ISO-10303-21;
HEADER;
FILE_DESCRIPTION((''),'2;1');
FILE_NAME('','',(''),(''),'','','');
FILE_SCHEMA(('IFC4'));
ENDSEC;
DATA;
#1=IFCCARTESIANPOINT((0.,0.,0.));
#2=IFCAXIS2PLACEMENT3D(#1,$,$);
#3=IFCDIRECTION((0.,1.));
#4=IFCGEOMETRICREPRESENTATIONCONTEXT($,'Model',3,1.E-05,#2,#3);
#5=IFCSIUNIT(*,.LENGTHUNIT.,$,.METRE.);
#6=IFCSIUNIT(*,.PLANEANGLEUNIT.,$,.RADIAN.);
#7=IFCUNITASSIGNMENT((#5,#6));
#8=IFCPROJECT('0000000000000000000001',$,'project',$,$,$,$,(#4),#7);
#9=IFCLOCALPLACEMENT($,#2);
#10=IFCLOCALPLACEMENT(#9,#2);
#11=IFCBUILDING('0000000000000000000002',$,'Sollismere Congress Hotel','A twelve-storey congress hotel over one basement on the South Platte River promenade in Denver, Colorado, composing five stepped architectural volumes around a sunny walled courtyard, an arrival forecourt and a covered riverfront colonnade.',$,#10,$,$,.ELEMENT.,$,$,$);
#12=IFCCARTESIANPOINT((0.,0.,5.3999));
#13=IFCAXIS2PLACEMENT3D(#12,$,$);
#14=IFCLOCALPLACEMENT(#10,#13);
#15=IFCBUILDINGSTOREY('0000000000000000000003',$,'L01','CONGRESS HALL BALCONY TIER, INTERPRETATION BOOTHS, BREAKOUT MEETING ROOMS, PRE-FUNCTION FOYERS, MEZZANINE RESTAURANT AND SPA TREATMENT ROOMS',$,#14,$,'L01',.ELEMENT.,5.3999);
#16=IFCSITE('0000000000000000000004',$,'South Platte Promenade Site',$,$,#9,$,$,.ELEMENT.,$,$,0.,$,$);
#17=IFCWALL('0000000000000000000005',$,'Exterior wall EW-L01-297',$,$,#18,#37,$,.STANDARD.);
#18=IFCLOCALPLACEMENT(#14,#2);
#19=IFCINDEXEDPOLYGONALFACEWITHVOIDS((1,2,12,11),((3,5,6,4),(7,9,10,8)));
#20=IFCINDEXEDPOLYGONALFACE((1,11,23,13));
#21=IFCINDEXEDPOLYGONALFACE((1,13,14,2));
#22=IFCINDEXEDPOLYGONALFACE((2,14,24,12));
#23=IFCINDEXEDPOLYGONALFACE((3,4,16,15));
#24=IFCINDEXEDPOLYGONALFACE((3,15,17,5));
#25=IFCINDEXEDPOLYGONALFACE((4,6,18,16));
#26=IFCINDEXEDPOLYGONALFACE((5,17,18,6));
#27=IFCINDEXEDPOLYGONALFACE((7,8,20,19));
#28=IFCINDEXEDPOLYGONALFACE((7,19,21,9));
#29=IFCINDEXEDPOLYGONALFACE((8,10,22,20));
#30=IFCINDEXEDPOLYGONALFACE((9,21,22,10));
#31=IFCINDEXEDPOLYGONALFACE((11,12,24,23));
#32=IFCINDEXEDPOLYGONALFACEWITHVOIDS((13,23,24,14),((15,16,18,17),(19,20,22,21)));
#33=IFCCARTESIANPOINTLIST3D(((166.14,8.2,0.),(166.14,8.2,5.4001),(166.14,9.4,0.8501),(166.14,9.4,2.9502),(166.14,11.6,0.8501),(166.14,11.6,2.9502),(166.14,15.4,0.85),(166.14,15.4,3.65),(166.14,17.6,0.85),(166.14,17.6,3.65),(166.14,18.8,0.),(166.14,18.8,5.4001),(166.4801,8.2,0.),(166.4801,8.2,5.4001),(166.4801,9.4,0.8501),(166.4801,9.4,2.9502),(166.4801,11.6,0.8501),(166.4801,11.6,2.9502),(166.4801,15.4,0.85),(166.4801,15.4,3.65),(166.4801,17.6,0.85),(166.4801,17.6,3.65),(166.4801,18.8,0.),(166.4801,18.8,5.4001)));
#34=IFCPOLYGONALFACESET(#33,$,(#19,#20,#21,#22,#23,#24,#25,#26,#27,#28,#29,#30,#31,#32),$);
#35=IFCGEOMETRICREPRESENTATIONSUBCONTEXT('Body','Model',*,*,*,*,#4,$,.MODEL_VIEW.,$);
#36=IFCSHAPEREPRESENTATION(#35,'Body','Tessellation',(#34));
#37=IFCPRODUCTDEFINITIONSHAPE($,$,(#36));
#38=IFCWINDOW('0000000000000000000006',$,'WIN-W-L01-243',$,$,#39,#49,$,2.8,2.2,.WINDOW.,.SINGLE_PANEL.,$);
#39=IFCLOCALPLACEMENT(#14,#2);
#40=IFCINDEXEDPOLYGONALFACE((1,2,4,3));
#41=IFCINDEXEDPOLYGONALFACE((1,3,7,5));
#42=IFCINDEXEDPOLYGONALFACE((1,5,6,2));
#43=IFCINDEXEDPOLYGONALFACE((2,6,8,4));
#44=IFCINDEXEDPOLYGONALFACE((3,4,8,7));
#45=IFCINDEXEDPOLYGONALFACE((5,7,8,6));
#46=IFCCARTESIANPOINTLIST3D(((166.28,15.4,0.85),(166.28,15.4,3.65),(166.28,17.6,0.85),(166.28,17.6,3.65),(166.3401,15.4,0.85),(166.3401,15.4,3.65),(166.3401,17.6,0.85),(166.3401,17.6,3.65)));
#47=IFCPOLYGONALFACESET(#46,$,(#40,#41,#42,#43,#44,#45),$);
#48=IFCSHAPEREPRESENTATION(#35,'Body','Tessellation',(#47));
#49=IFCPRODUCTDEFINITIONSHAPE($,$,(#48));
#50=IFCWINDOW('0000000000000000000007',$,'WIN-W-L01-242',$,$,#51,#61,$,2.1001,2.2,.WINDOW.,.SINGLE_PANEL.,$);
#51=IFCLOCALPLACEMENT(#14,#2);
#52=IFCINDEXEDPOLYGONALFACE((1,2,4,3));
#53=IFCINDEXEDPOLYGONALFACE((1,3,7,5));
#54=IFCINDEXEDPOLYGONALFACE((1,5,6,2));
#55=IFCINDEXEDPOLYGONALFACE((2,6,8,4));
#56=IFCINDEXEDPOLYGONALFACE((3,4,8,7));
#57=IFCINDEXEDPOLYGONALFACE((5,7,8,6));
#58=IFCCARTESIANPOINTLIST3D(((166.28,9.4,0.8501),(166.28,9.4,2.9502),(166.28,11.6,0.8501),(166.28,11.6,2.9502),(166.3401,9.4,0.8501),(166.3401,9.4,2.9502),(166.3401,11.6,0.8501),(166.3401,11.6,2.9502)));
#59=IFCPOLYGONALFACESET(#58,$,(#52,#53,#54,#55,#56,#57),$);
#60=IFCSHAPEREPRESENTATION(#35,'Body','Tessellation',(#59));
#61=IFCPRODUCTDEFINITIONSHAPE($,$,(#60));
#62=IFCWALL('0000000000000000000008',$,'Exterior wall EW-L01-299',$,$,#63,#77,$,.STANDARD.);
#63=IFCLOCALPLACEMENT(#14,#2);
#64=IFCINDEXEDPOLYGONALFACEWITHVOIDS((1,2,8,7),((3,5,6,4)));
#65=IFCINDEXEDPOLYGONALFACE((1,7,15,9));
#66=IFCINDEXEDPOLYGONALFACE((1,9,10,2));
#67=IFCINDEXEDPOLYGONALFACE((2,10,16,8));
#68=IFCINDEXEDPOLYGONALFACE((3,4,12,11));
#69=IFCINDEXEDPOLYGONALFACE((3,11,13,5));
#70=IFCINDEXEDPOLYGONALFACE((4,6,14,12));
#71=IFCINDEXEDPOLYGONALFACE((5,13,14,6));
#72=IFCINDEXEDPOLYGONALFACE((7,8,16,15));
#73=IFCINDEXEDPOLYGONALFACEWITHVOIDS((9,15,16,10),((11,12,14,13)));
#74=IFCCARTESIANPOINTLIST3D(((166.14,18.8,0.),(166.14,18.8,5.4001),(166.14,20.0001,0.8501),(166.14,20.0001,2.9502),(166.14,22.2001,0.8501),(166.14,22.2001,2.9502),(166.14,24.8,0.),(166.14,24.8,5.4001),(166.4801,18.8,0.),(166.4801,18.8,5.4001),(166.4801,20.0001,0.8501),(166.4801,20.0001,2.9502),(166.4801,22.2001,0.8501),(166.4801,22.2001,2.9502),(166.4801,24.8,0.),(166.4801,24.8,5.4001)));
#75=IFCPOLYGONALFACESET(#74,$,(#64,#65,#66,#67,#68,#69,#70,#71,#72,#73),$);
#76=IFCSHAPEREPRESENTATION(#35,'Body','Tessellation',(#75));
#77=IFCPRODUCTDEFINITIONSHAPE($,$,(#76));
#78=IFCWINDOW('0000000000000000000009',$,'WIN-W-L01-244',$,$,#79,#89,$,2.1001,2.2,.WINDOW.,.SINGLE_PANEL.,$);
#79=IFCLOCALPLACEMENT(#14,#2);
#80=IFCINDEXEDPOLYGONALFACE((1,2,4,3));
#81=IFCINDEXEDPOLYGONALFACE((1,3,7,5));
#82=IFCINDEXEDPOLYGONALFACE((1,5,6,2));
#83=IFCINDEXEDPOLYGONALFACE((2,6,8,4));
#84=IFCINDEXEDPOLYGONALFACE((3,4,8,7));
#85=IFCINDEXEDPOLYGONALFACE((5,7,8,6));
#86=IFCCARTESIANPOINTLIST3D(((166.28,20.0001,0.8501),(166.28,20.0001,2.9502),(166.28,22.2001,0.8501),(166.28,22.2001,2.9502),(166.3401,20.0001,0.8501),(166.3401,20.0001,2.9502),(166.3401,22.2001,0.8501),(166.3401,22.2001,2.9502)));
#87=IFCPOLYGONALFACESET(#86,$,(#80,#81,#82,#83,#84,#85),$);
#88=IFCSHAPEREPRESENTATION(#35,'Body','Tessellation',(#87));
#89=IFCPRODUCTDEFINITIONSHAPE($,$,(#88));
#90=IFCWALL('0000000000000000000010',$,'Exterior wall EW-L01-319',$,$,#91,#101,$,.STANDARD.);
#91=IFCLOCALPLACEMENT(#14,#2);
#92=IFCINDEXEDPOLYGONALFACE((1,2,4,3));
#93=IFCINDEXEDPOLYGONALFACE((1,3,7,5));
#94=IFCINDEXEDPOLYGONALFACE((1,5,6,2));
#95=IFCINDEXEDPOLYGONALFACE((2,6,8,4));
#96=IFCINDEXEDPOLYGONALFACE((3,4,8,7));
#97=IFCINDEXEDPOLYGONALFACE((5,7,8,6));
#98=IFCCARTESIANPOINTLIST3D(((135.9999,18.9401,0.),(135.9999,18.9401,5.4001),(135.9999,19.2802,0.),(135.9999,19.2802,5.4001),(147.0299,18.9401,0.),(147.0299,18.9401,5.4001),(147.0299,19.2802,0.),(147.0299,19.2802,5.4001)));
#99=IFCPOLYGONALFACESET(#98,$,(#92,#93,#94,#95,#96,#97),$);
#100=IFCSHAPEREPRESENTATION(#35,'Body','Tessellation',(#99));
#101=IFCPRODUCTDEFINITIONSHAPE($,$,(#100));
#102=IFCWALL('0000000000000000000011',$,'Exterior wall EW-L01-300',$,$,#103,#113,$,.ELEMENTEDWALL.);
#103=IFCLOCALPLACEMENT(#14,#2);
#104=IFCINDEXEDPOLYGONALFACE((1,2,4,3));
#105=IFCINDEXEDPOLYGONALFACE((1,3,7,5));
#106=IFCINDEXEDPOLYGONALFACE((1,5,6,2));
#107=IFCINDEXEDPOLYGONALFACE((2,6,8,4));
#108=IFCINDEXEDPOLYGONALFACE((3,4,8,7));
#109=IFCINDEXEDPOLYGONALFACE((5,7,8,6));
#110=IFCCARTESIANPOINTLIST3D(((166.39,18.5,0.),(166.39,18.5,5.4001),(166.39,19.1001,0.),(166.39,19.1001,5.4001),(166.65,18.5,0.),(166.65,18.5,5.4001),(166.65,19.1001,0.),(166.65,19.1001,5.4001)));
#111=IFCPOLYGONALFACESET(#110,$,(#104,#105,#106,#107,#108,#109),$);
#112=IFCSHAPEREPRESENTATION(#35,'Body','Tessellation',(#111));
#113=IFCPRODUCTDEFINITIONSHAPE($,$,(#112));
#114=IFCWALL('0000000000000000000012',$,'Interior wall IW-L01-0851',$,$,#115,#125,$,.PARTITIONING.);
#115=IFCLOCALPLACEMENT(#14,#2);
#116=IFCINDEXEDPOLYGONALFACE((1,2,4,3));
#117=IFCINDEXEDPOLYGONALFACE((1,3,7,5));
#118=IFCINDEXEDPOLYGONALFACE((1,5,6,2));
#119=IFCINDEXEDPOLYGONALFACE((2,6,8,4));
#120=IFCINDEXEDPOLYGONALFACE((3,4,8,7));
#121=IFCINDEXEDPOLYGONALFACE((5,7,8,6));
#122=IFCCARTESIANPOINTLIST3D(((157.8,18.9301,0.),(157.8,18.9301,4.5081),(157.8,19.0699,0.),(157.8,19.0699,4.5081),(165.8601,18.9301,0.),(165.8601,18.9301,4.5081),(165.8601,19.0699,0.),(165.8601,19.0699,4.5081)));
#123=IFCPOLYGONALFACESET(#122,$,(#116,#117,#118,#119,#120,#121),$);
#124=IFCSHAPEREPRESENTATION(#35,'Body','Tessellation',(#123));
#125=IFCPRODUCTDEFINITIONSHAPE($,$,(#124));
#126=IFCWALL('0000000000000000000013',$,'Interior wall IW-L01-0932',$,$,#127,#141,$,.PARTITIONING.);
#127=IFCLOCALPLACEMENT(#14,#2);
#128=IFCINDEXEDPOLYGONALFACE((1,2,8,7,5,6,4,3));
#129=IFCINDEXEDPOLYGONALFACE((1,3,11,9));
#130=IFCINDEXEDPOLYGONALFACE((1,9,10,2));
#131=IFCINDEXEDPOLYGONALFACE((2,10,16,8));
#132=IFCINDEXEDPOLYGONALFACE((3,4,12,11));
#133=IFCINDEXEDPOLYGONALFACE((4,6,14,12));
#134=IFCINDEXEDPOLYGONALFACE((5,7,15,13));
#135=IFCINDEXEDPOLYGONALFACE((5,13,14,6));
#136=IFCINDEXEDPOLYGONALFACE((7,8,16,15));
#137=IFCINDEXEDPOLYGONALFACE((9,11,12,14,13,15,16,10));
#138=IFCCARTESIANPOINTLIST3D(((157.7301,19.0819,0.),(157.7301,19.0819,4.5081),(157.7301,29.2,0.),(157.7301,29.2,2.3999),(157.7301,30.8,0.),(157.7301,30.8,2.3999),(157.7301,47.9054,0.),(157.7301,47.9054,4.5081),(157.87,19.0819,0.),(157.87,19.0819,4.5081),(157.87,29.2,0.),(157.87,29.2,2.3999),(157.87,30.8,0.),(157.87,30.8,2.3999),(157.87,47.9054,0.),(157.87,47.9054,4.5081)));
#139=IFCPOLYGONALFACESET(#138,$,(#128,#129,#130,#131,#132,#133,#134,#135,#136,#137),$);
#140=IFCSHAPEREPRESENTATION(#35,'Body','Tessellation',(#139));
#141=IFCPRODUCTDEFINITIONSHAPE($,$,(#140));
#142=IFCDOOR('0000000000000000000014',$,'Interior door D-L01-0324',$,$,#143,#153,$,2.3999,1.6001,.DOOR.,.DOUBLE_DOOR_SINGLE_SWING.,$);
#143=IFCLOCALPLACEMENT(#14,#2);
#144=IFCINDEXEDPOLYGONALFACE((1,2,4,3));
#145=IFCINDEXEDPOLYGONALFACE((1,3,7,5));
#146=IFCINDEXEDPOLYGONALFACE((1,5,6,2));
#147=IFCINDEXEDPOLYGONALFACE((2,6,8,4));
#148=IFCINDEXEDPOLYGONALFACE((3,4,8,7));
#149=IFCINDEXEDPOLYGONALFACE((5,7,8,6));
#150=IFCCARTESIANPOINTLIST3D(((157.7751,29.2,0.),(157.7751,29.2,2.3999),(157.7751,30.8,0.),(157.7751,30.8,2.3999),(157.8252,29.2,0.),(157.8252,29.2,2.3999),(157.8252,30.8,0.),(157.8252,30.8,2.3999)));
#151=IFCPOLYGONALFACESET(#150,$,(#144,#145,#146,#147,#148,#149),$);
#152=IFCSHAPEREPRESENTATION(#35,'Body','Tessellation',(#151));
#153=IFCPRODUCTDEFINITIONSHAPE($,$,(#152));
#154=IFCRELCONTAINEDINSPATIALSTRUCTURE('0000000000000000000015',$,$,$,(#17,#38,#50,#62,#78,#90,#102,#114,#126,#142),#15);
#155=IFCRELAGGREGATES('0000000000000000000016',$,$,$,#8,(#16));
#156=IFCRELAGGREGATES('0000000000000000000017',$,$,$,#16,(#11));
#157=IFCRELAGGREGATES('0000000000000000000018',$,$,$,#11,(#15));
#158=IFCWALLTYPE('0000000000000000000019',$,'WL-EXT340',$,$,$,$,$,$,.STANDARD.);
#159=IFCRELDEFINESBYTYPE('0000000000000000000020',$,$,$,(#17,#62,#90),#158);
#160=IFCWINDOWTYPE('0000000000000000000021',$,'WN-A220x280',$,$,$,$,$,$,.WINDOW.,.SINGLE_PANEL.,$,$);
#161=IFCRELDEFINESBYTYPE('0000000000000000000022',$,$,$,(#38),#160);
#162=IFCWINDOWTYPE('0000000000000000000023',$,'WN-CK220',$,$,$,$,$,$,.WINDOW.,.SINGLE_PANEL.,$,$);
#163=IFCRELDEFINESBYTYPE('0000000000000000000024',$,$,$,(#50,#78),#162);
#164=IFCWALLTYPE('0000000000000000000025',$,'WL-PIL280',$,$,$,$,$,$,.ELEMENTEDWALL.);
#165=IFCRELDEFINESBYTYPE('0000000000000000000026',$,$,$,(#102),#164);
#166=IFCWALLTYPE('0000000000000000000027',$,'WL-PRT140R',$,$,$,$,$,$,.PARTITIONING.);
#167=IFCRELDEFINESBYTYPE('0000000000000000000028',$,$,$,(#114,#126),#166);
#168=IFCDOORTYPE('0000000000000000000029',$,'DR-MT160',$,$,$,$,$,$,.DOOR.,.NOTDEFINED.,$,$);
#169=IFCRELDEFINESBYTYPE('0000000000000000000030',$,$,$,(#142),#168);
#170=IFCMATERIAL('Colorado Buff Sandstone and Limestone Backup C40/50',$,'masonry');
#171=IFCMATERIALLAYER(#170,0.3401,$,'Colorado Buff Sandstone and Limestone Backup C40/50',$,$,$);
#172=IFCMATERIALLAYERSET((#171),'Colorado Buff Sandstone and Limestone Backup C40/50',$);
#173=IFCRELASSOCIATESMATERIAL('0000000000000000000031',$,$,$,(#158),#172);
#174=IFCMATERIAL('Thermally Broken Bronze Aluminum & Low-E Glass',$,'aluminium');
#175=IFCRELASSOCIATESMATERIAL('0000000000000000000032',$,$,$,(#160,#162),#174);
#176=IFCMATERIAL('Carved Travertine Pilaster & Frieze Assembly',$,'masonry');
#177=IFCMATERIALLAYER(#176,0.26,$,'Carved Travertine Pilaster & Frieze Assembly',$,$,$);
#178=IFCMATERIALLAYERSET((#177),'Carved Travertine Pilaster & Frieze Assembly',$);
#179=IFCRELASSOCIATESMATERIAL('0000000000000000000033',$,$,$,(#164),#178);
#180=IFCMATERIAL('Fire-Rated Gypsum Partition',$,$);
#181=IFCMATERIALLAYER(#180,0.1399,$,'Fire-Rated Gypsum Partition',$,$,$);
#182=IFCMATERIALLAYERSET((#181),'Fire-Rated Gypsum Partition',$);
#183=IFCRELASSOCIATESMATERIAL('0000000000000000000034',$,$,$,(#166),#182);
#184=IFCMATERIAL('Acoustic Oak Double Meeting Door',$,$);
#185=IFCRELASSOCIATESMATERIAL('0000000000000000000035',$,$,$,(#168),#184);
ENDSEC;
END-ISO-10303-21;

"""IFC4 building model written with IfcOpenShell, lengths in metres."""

from ifc_helpers import new_model, si_unit, direction, frame, frame_2d, origin, place, context, subcontext, project, spatial, rectangle, extrude, material, layer, layer_set, type_object, element, fill, save


model = new_model("IFC4")

# Units and contexts
model_context = context("Model", 3, precision=1e-05, world=origin(), true_north=direction((0.0, 1.0)))
body_context = subcontext(model_context, "Body", "Model", "MODEL_VIEW")
ifc_project = project(units=[si_unit("LENGTHUNIT", "METRE"), si_unit("PLANEANGLEUNIT", "RADIAN")], contexts=[model_context])

# Site, building, storey
site_placement = place(None, origin())
site = spatial("IfcSite", under=ifc_project, at=site_placement, Name="South Platte Promenade Site", CompositionType="ELEMENT", RefElevation=0.0)
building_placement = place(site_placement, origin())
building = spatial("IfcBuilding", under=site, at=building_placement, Name="Sollismere Congress Hotel", Description="A twelve-storey congress hotel over one basement on the South Platte River promenade in Denver, Colorado, composing five stepped architectural volumes around a sunny walled courtyard, an arrival forecourt and a covered riverfront colonnade.", CompositionType="ELEMENT")
storey_placement = place(building_placement, frame((0.0, 0.0, 5.3999)))
storey = spatial("IfcBuildingStorey", under=building, at=storey_placement, Name="L01", Description="CONGRESS HALL BALCONY TIER, INTERPRETATION BOOTHS, BREAKOUT MEETING ROOMS, PRE-FUNCTION FOYERS, MEZZANINE RESTAURANT AND SPA TREATMENT ROOMS", LongName="L01", CompositionType="ELEMENT", Elevation=5.3999)

# Wall, openings, windows
ifc_material_1 = material(Name="Colorado Buff Sandstone and Limestone Backup C40/50", Category="masonry")
ifc_layer_1 = layer(ifc_material_1, 0.3401, Name="Colorado Buff Sandstone and Limestone Backup C40/50")
ifc_layer_set_1 = layer_set([ifc_layer_1], Name="Colorado Buff Sandstone and Limestone Backup C40/50")
wall_type_1 = type_object("IfcWallType", Name="WL-EXT340", PredefinedType="STANDARD", material=ifc_layer_set_1)
wall_1_placement = place(storey_placement, frame((166.3101, 8.2, 0.0), z_axis=(0.0, 0.0, 1.0), x_axis=(0.0, 1.0, 0.0)))
wall_1 = element("IfcWall", 1, at=wall_1_placement, inside=storey, type_object=wall_type_1, Name="Exterior wall EW-L01-297", PredefinedType="STANDARD", context=body_context, shape_type="SweptSolid", body=[
    extrude(rectangle(XDim=10.6001, YDim=0.3401, at=frame_2d((5.3, 0.0))), origin(), (0.0, 0.0, 1.0), 5.4001),
])
opening_1_placement = place(wall_1_placement, frame((1.2, 0.0, 0.8501)))
opening_1 = element("IfcOpeningElement", 2, at=opening_1_placement, cuts=wall_1, PredefinedType="OPENING", context=body_context, shape_type="SweptSolid", body=[
    extrude(rectangle(XDim=2.2, YDim=2.1001, at=frame_2d((1.1001, 1.05))), frame((0.0, 0.1799, 0.0), z_axis=(0.0, -1.0, 0.0), x_axis=(1.0, 0.0, 0.0)), (0.0, 0.0, 1.0), 0.3601),
])
opening_2_placement = place(wall_1_placement, frame((7.2, 0.0, 0.8501)))
opening_2 = element("IfcOpeningElement", 3, at=opening_2_placement, cuts=wall_1, PredefinedType="OPENING", context=body_context, shape_type="SweptSolid", body=[
    extrude(rectangle(XDim=2.2, YDim=2.8, at=frame_2d((1.1001, 1.3999))), frame((0.0, 0.1799, 0.0), z_axis=(0.0, -1.0, 0.0), x_axis=(1.0, 0.0, 0.0)), (0.0, 0.0, 1.0), 0.3601),
])
ifc_material_2 = material(Name="Thermally Broken Bronze Aluminum & Low-E Glass", Category="aluminium")
window_type_1 = type_object("IfcWindowType", Name="WN-A220x280", PartitioningType="SINGLE_PANEL", PredefinedType="WINDOW", material=ifc_material_2)
window_1_placement = place(opening_2_placement, origin())
window_1 = element("IfcWindow", 4, at=window_1_placement, inside=storey, type_object=window_type_1, Name="WIN-W-L01-243", OverallHeight=2.8, OverallWidth=2.2, PartitioningType="SINGLE_PANEL", PredefinedType="WINDOW", context=body_context, shape_type="SweptSolid", body=[
    extrude(rectangle(XDim=2.2, YDim=2.8, at=frame_2d((1.1001, 1.3999))), frame((0.0, 0.03, 0.0), z_axis=(0.0, -1.0, 0.0), x_axis=(1.0, 0.0, 0.0)), (0.0, 0.0, 1.0), 0.0601),
])
fill(opening_2, window_1)
window_type_2 = type_object("IfcWindowType", Name="WN-CK220", PartitioningType="SINGLE_PANEL", PredefinedType="WINDOW", material=ifc_material_2)
window_2_placement = place(opening_1_placement, origin())
window_2 = element("IfcWindow", 5, at=window_2_placement, inside=storey, type_object=window_type_2, Name="WIN-W-L01-242", OverallHeight=2.1001, OverallWidth=2.2, PartitioningType="SINGLE_PANEL", PredefinedType="WINDOW", context=body_context, shape_type="SweptSolid", body=[
    extrude(rectangle(XDim=2.2, YDim=2.1001, at=frame_2d((1.1001, 1.05))), frame((0.0, 0.03, 0.0), z_axis=(0.0, -1.0, 0.0), x_axis=(1.0, 0.0, 0.0)), (0.0, 0.0, 1.0), 0.0601),
])
fill(opening_1, window_2)

# Wall, opening, window
wall_2_placement = place(storey_placement, frame((166.3101, 18.8, 0.0), z_axis=(0.0, 0.0, 1.0), x_axis=(0.0, 1.0, 0.0)))
wall_2 = element("IfcWall", 6, at=wall_2_placement, inside=storey, type_object=wall_type_1, Name="Exterior wall EW-L01-299", PredefinedType="STANDARD", context=body_context, shape_type="SweptSolid", body=[
    extrude(rectangle(XDim=6.0, YDim=0.3401, at=frame_2d((3.0, 0.0))), origin(), (0.0, 0.0, 1.0), 5.4001),
])
opening_3_placement = place(wall_2_placement, frame((1.2, 0.0, 0.8501)))
opening_3 = element("IfcOpeningElement", 7, at=opening_3_placement, cuts=wall_2, PredefinedType="OPENING", context=body_context, shape_type="SweptSolid", body=[
    extrude(rectangle(XDim=2.2, YDim=2.1001, at=frame_2d((1.1001, 1.05))), frame((0.0, 0.1799, 0.0), z_axis=(0.0, -1.0, 0.0), x_axis=(1.0, 0.0, 0.0)), (0.0, 0.0, 1.0), 0.3601),
])
window_3_placement = place(opening_3_placement, origin())
window_3 = element("IfcWindow", 8, at=window_3_placement, inside=storey, type_object=window_type_2, Name="WIN-W-L01-244", OverallHeight=2.1001, OverallWidth=2.2, PartitioningType="SINGLE_PANEL", PredefinedType="WINDOW", context=body_context, shape_type="SweptSolid", body=[
    extrude(rectangle(XDim=2.2, YDim=2.1001, at=frame_2d((1.1001, 1.05))), frame((0.0, 0.03, 0.0), z_axis=(0.0, -1.0, 0.0), x_axis=(1.0, 0.0, 0.0)), (0.0, 0.0, 1.0), 0.0601),
])
fill(opening_3, window_3)

# Walls
wall_3_placement = place(storey_placement, frame((147.03, 19.1101, 0.0), z_axis=(0.0, 0.0, 1.0), x_axis=(-1.0, 0.0, 0.0)))
element("IfcWall", 9, at=wall_3_placement, inside=storey, type_object=wall_type_1, Name="Exterior wall EW-L01-319", PredefinedType="STANDARD", context=body_context, shape_type="SweptSolid", body=[
    extrude(rectangle(XDim=11.03, YDim=0.3401, at=frame_2d((5.5151, 0.0))), origin(), (0.0, 0.0, 1.0), 5.4001),
])
ifc_material_3 = material(Name="Carved Travertine Pilaster & Frieze Assembly", Category="masonry")
ifc_layer_2 = layer(ifc_material_3, 0.26, Name="Carved Travertine Pilaster & Frieze Assembly")
ifc_layer_set_2 = layer_set([ifc_layer_2], Name="Carved Travertine Pilaster & Frieze Assembly")
wall_type_2 = type_object("IfcWallType", Name="WL-PIL280", PredefinedType="ELEMENTEDWALL", material=ifc_layer_set_2)
wall_4_placement = place(storey_placement, frame((166.52, 18.5, 0.0), z_axis=(0.0, 0.0, 1.0), x_axis=(0.0, 1.0, 0.0)))
element("IfcWall", 10, at=wall_4_placement, inside=storey, type_object=wall_type_2, Name="Exterior wall EW-L01-300", PredefinedType="ELEMENTEDWALL", context=body_context, shape_type="SweptSolid", body=[
    extrude(rectangle(XDim=0.6001, YDim=0.26, at=frame_2d((0.3, 0.0))), origin(), (0.0, 0.0, 1.0), 5.4001),
])
ifc_material_4 = material(Name="Fire-Rated Gypsum Partition")
ifc_layer_3 = layer(ifc_material_4, 0.1399, Name="Fire-Rated Gypsum Partition")
ifc_layer_set_3 = layer_set([ifc_layer_3], Name="Fire-Rated Gypsum Partition")
wall_type_3 = type_object("IfcWallType", Name="WL-PRT140R", PredefinedType="PARTITIONING", material=ifc_layer_set_3)
wall_5_placement = place(storey_placement, frame((157.8, 19.0, 0.0), z_axis=(0.0, 0.0, 1.0), x_axis=(1.0, 0.0, 0.0)))
element("IfcWall", 11, at=wall_5_placement, inside=storey, type_object=wall_type_3, Name="Interior wall IW-L01-0851", PredefinedType="PARTITIONING", context=body_context, shape_type="SweptSolid", body=[
    extrude(rectangle(XDim=8.0601, YDim=0.1399, at=frame_2d((4.03, 0.0))), origin(), (0.0, 0.0, 1.0), 4.5081),
])

# Wall, opening, door
wall_6_placement = place(storey_placement, frame((157.8, 19.082, 0.0), z_axis=(0.0, 0.0, 1.0), x_axis=(0.0, 1.0, 0.0)))
wall_6 = element("IfcWall", 12, at=wall_6_placement, inside=storey, type_object=wall_type_3, Name="Interior wall IW-L01-0932", PredefinedType="PARTITIONING", context=body_context, shape_type="SweptSolid", body=[
    extrude(rectangle(XDim=28.8235, YDim=0.1399, at=frame_2d((14.4116, 0.0))), origin(), (0.0, 0.0, 1.0), 4.5081),
])
opening_4_placement = place(wall_6_placement, frame((10.1179, 0.0, 0.0)))
opening_4 = element("IfcOpeningElement", 13, at=opening_4_placement, cuts=wall_6, PredefinedType="OPENING", context=body_context, shape_type="SweptSolid", body=[
    extrude(rectangle(XDim=1.6001, YDim=2.3999, at=frame_2d((0.8, 1.2))), frame((0.0, 0.0798, 0.0), z_axis=(0.0, -1.0, 0.0), x_axis=(1.0, 0.0, 0.0)), (0.0, 0.0, 1.0), 0.1599),
])
ifc_material_5 = material(Name="Acoustic Oak Double Meeting Door")
door_type_1 = type_object("IfcDoorType", Name="DR-MT160", OperationType="NOTDEFINED", PredefinedType="DOOR", material=ifc_material_5)
door_1_placement = place(opening_4_placement, origin())
door_1 = element("IfcDoor", 14, at=door_1_placement, inside=storey, type_object=door_type_1, Name="Interior door D-L01-0324", OperationType="DOUBLE_DOOR_SINGLE_SWING", OverallHeight=2.3999, OverallWidth=1.6001, PredefinedType="DOOR", context=body_context, shape_type="SweptSolid", body=[
    extrude(rectangle(XDim=1.6001, YDim=2.3999, at=frame_2d((0.8, 1.2))), frame((0.0, 0.0249, 0.0), z_axis=(0.0, -1.0, 0.0), x_axis=(1.0, 0.0, 0.0)), (0.0, 0.0, 1.0), 0.05),
])
fill(opening_4, door_1)

save(model, "model.ifc")
